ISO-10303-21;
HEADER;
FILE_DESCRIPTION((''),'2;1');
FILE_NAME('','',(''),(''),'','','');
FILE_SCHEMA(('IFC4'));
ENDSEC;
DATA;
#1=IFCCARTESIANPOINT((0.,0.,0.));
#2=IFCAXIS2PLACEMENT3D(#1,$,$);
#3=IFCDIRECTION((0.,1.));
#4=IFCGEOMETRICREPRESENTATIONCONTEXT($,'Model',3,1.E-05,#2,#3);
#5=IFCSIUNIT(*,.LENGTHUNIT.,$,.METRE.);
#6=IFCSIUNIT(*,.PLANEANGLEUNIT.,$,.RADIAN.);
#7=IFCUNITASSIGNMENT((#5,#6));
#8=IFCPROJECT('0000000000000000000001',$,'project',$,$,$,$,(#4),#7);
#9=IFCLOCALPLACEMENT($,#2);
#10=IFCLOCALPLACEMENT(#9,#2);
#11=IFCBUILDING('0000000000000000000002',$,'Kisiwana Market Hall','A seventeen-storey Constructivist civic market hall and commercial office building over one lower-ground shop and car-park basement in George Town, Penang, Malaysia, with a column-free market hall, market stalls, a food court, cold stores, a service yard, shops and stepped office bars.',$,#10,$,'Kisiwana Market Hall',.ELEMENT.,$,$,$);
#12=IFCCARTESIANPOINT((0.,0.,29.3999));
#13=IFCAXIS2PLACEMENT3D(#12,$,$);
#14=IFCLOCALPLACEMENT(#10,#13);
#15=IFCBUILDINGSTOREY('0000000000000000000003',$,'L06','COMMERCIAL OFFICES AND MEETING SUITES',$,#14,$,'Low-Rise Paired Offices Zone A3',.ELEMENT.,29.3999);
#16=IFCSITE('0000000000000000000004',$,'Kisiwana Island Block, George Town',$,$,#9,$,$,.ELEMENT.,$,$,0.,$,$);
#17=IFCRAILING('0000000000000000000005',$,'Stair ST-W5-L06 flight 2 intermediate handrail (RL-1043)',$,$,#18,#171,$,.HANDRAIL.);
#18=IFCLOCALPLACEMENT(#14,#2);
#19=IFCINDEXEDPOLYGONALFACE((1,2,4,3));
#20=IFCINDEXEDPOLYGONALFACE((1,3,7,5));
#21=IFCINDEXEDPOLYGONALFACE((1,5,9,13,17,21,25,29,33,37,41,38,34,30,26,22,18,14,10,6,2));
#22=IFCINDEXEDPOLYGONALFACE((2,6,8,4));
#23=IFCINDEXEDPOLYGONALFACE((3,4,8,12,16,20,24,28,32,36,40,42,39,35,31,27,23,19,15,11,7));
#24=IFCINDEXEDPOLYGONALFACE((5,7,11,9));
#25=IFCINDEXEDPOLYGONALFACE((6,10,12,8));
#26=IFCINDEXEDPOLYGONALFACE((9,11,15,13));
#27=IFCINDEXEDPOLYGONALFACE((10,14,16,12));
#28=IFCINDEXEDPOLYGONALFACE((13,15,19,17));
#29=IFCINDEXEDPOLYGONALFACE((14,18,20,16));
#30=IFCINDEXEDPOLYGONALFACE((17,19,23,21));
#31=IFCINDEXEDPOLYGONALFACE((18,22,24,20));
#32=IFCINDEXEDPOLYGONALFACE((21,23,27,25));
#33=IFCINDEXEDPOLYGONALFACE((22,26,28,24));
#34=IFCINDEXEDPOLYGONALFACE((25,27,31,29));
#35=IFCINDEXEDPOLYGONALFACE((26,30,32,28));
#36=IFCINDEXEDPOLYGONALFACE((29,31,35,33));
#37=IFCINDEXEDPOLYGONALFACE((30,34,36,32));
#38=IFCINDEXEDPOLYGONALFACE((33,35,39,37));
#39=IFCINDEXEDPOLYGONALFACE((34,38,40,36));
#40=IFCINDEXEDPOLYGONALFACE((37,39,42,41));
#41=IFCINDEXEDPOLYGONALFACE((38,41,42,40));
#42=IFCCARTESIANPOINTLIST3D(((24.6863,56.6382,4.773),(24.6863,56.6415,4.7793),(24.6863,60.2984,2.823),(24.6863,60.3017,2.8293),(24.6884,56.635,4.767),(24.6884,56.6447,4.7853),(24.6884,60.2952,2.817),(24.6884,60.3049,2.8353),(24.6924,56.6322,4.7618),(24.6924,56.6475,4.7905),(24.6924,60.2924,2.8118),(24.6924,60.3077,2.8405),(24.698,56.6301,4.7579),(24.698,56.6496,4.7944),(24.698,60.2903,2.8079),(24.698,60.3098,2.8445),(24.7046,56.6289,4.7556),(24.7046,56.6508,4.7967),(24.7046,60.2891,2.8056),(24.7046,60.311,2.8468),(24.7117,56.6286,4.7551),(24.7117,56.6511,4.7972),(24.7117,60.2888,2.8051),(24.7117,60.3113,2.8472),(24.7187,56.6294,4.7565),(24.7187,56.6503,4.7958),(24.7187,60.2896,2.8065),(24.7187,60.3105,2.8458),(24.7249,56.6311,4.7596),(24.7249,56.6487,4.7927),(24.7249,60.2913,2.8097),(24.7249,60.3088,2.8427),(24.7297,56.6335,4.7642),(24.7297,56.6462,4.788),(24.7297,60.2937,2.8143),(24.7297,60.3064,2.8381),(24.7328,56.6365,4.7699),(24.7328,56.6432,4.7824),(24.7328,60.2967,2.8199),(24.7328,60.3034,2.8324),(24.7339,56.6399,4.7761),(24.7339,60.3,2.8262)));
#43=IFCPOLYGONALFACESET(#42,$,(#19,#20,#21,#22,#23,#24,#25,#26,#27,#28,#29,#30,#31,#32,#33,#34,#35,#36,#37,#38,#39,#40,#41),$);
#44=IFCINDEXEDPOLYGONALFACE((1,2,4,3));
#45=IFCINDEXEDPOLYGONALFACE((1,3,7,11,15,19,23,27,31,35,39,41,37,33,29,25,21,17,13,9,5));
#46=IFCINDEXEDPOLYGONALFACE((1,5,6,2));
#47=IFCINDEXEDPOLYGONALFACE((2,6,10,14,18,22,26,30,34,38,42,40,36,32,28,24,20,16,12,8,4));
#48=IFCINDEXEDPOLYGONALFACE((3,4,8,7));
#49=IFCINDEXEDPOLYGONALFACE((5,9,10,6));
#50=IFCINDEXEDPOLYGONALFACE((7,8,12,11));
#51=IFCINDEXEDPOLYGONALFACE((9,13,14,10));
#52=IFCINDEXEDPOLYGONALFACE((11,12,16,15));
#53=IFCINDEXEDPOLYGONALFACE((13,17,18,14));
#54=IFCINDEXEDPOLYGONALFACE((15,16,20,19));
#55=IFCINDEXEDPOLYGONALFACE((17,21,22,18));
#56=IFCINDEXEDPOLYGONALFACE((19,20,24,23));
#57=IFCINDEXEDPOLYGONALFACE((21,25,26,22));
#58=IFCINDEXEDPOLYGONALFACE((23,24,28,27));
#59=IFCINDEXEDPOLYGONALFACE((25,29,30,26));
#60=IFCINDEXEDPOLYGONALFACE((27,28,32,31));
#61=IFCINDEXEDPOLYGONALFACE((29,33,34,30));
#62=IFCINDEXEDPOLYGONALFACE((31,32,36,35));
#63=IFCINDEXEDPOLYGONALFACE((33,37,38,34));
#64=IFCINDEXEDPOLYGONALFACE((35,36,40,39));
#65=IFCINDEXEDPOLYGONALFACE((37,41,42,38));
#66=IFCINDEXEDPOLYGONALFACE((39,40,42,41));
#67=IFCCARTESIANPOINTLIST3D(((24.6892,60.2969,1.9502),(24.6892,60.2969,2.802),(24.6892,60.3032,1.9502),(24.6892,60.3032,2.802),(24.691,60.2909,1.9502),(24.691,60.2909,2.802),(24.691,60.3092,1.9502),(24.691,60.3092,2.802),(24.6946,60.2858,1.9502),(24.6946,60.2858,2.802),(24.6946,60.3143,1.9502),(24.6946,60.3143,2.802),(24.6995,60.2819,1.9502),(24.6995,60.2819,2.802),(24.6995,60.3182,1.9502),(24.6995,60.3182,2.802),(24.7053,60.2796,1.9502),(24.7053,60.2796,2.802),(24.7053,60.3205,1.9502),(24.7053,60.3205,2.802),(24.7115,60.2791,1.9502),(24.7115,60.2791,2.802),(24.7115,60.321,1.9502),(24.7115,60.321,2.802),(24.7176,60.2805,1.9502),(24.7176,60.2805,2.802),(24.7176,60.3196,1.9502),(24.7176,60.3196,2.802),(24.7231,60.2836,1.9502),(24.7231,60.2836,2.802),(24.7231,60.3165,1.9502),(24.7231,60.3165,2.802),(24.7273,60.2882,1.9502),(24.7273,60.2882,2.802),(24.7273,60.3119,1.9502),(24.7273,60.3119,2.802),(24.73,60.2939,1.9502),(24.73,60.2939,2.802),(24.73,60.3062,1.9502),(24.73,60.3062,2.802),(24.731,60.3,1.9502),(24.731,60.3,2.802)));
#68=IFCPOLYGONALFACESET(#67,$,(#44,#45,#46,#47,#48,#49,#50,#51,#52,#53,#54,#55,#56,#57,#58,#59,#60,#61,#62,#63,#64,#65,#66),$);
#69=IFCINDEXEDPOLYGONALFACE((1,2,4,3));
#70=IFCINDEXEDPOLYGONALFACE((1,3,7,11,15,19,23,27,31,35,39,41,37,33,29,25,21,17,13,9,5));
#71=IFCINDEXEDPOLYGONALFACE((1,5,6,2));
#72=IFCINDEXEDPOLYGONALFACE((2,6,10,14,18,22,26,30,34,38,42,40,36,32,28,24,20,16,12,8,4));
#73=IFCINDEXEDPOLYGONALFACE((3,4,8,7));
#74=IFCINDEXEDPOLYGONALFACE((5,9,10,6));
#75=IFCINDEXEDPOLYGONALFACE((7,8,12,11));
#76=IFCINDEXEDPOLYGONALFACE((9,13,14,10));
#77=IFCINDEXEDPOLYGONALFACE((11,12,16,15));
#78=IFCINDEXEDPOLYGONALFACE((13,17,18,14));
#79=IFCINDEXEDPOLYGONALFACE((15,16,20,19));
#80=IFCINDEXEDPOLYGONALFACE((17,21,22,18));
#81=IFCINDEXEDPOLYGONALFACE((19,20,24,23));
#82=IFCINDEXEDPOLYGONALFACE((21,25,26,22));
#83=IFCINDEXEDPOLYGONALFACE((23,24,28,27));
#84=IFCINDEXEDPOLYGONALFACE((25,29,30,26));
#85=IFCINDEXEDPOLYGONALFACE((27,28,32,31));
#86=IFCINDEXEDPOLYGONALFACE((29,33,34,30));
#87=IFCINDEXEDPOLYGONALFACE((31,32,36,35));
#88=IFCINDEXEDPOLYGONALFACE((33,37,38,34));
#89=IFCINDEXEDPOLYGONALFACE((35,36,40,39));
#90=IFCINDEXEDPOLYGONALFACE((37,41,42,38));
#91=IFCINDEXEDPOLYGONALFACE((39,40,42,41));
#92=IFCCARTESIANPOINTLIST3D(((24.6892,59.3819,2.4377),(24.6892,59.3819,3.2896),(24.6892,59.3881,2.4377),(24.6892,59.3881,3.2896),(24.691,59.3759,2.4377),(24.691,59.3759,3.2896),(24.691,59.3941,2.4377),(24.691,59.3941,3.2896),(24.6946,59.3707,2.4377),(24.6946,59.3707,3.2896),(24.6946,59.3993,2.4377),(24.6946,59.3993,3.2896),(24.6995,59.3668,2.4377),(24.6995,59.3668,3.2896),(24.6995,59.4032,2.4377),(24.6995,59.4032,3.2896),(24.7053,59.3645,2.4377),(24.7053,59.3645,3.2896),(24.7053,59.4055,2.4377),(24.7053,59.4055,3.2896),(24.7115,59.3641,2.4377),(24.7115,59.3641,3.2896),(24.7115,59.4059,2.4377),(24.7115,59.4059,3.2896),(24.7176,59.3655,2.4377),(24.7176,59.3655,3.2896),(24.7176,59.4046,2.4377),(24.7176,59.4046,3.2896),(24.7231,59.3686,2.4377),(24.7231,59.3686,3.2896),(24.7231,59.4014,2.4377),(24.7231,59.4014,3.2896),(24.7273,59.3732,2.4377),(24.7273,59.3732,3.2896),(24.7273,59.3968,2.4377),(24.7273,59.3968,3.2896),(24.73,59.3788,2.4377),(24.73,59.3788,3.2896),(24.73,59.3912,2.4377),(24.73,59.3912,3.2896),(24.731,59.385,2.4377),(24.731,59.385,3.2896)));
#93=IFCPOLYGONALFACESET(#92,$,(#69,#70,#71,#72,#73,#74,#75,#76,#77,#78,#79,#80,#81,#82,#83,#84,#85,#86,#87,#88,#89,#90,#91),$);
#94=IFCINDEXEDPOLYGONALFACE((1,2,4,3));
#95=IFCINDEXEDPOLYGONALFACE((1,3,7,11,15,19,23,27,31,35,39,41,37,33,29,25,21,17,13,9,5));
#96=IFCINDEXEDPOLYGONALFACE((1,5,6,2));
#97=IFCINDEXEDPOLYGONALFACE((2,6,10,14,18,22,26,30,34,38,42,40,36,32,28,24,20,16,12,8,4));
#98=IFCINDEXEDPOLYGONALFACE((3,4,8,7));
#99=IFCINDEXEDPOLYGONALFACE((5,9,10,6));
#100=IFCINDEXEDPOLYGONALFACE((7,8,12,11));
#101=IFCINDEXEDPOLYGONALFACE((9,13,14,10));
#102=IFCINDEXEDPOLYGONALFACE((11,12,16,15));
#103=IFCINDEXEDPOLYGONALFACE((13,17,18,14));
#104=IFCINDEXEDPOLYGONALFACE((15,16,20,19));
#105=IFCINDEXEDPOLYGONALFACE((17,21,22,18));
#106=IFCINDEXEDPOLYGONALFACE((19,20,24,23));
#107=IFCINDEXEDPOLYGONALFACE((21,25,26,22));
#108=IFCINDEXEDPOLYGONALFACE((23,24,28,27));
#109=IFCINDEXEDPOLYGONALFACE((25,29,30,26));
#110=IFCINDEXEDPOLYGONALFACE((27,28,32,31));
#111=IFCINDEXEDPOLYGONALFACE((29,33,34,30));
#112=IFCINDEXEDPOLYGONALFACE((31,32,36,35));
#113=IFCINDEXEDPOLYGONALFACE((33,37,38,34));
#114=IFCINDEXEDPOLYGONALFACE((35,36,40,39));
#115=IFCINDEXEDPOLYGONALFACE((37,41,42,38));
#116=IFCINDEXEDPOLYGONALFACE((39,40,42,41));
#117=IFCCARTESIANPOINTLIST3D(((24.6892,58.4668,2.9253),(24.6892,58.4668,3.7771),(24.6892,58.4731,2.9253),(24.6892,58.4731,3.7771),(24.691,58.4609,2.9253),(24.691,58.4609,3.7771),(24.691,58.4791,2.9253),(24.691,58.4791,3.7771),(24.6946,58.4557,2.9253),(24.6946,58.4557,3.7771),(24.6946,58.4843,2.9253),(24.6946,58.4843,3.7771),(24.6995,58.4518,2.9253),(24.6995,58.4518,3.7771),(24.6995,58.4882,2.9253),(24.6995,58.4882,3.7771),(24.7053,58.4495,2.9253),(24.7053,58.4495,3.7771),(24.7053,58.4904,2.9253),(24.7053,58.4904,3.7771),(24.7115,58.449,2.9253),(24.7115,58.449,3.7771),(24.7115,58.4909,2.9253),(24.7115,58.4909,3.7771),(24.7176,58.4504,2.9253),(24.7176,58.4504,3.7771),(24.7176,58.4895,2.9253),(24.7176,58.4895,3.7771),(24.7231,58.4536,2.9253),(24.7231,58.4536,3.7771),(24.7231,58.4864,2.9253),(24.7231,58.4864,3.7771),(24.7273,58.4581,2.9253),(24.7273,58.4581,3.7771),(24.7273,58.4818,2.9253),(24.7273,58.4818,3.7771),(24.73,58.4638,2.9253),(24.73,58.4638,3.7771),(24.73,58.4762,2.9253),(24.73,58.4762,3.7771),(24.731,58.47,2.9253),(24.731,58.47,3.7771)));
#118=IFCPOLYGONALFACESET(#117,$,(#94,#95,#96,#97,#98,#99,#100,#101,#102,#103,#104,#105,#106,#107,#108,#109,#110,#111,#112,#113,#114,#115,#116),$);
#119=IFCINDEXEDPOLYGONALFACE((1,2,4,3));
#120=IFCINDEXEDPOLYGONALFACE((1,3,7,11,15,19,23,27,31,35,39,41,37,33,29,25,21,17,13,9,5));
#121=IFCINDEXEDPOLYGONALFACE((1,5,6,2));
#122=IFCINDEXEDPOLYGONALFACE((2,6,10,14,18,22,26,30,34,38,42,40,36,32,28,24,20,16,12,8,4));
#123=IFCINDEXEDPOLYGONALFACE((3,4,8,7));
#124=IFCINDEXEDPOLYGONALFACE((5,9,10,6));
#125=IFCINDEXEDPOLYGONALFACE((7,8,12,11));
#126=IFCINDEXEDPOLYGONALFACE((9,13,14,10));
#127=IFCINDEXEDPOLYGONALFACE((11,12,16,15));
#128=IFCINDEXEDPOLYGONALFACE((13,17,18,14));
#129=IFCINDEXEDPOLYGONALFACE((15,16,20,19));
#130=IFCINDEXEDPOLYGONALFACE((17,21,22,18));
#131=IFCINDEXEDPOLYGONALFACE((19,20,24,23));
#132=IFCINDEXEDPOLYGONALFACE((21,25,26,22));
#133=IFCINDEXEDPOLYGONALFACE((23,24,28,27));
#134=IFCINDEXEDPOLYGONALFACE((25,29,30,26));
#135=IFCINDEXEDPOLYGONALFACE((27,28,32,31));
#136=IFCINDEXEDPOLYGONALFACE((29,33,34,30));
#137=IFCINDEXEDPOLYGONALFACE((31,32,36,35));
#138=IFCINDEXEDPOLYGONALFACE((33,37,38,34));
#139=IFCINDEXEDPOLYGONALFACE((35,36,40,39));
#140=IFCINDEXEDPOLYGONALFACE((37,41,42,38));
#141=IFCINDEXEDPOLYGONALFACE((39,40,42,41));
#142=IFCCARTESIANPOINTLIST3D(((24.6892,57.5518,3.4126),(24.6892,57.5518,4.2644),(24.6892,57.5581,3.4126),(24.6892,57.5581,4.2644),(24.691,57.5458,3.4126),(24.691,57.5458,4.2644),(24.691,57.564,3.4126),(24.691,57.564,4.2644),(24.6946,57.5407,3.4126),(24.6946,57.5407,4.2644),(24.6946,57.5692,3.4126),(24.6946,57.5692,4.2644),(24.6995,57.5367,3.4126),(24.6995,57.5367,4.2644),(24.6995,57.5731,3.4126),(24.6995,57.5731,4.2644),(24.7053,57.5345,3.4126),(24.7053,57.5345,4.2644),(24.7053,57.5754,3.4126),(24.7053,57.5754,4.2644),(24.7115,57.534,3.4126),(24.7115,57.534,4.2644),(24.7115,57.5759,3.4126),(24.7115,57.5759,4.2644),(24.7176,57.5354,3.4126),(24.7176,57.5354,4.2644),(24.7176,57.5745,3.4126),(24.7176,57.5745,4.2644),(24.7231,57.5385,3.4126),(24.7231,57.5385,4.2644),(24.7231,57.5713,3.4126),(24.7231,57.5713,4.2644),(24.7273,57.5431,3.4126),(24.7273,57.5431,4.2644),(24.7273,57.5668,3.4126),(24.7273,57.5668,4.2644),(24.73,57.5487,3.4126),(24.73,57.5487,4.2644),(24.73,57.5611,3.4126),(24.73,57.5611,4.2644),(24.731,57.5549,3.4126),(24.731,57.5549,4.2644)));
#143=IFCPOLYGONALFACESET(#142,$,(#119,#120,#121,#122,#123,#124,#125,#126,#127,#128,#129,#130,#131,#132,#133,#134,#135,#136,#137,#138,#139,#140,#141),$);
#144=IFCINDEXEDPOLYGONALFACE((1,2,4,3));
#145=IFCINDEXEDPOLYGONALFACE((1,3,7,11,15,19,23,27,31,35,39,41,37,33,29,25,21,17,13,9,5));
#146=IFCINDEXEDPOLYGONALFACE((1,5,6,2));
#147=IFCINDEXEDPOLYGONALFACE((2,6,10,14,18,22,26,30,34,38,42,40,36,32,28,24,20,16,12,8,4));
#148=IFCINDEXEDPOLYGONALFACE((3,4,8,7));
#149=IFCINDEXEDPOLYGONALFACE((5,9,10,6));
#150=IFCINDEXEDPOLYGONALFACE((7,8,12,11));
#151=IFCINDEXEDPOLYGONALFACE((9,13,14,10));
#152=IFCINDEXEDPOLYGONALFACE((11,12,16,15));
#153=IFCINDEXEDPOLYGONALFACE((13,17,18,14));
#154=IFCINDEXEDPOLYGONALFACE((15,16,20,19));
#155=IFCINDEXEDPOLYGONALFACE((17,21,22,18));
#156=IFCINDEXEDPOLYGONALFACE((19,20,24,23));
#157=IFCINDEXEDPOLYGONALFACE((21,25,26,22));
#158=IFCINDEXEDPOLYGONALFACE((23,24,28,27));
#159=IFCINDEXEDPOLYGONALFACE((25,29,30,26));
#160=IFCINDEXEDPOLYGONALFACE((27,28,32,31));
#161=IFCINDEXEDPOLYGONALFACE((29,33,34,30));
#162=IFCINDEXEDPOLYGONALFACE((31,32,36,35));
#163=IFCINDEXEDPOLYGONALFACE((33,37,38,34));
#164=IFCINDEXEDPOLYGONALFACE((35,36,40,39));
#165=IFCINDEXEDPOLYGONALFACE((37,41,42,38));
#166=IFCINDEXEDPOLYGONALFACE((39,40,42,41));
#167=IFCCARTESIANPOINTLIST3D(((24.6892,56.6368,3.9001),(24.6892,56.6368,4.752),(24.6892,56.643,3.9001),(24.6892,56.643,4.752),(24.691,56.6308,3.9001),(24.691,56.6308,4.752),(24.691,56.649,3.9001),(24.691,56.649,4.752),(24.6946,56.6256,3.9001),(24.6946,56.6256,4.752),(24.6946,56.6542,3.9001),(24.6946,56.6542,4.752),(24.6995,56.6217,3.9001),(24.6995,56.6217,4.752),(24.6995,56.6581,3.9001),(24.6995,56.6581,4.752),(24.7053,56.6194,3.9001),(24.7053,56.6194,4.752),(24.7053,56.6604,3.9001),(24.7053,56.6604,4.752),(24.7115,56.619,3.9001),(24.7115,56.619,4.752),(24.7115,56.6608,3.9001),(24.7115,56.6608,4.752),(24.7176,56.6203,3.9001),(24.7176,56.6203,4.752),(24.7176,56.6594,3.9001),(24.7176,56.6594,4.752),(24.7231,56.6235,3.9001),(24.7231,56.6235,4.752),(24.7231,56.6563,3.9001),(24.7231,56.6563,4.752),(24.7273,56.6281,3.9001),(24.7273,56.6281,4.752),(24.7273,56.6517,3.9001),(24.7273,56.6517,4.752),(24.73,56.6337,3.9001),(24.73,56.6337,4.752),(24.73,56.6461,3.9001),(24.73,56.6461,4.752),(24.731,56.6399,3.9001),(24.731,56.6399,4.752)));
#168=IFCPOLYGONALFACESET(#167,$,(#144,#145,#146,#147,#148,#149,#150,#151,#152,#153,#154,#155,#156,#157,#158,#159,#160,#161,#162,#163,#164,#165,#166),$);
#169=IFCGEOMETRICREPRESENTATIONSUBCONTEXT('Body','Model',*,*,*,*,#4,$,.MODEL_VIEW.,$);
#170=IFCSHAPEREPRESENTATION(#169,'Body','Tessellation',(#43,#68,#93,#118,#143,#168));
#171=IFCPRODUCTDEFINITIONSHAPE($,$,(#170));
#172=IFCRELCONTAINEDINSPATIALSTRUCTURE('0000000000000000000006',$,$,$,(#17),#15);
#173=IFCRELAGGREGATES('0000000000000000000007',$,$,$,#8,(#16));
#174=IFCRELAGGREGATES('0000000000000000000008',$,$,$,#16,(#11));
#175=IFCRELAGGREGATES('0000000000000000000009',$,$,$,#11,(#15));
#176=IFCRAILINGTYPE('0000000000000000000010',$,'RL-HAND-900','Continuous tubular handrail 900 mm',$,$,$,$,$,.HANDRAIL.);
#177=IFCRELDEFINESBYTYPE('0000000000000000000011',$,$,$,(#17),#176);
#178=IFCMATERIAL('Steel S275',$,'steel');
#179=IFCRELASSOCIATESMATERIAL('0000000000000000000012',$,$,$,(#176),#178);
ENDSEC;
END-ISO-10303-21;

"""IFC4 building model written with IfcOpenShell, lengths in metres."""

from ifc_helpers import new_model, si_unit, direction, frame, origin, origin_2d, place, context, subcontext, project, spatial, circle, extrude, material, type_object, element, save


model = new_model("IFC4")

# Units and contexts
model_context = context("Model", 3, precision=1e-05, world=origin(), true_north=direction((0.0, 1.0)))
body_context = subcontext(model_context, "Body", "Model", "MODEL_VIEW")
ifc_project = project(units=[si_unit("LENGTHUNIT", "METRE"), si_unit("PLANEANGLEUNIT", "RADIAN")], contexts=[model_context])

# Site, building, storey
site_placement = place(None, origin())
site = spatial("IfcSite", under=ifc_project, at=site_placement, Name="Kisiwana Island Block, George Town", CompositionType="ELEMENT", RefElevation=0.0)
building_placement = place(site_placement, origin())
building = spatial("IfcBuilding", under=site, at=building_placement, Name="Kisiwana Market Hall", Description="A seventeen-storey Constructivist civic market hall and commercial office building over one lower-ground shop and car-park basement in George Town, Penang, Malaysia, with a column-free market hall, market stalls, a food court, cold stores, a service yard, shops and stepped office bars.", LongName="Kisiwana Market Hall", CompositionType="ELEMENT")
storey_placement = place(building_placement, frame((0.0, 0.0, 29.3999)))
storey = spatial("IfcBuildingStorey", under=building, at=storey_placement, Name="L06", Description="COMMERCIAL OFFICES AND MEETING SUITES", LongName="Low-Rise Paired Offices Zone A3", CompositionType="ELEMENT", Elevation=29.3999)

# Railing
ifc_material_1 = material(Name="Steel S275", Category="steel")
railing_type_1 = type_object("IfcRailingType", Name="RL-HAND-900", Description="Continuous tubular handrail 900 mm", PredefinedType="HANDRAIL", material=ifc_material_1)
railing_1_placement = place(storey_placement, frame((24.71, 60.3, 1.9502)))
element("IfcRailing", 1, at=railing_1_placement, inside=storey, type_object=railing_type_1, Name="Stair ST-W5-L06 flight 2 intermediate handrail (RL-1043)", PredefinedType="HANDRAIL", context=body_context, shape_type="SweptSolid", body=[
    extrude(circle(Radius=0.0239, at=origin_2d()), frame((0.0, 0.0, 0.876), z_axis=(0.0, -0.882566, 0.470188), x_axis=(1.0, 0.0, 0.0)), (0.0, 0.0, 1.0), 4.1472),
    extrude(circle(Radius=0.021, at=origin_2d()), origin(), (0.0, 0.0, 1.0), 0.8518),
    extrude(circle(Radius=0.021, at=origin_2d()), frame((0.0, -0.915, 0.4875)), (0.0, 0.0, 1.0), 0.8518),
    extrude(circle(Radius=0.021, at=origin_2d()), frame((0.0, -1.8301, 0.9751)), (0.0, 0.0, 1.0), 0.8518),
    extrude(circle(Radius=0.021, at=origin_2d()), frame((0.0, -2.7451, 1.4624)), (0.0, 0.0, 1.0), 0.8518),
    extrude(circle(Radius=0.021, at=origin_2d()), frame((0.0, -3.6602, 1.95)), (0.0, 0.0, 1.0), 0.8518),
])

save(model, "model.ifc")
